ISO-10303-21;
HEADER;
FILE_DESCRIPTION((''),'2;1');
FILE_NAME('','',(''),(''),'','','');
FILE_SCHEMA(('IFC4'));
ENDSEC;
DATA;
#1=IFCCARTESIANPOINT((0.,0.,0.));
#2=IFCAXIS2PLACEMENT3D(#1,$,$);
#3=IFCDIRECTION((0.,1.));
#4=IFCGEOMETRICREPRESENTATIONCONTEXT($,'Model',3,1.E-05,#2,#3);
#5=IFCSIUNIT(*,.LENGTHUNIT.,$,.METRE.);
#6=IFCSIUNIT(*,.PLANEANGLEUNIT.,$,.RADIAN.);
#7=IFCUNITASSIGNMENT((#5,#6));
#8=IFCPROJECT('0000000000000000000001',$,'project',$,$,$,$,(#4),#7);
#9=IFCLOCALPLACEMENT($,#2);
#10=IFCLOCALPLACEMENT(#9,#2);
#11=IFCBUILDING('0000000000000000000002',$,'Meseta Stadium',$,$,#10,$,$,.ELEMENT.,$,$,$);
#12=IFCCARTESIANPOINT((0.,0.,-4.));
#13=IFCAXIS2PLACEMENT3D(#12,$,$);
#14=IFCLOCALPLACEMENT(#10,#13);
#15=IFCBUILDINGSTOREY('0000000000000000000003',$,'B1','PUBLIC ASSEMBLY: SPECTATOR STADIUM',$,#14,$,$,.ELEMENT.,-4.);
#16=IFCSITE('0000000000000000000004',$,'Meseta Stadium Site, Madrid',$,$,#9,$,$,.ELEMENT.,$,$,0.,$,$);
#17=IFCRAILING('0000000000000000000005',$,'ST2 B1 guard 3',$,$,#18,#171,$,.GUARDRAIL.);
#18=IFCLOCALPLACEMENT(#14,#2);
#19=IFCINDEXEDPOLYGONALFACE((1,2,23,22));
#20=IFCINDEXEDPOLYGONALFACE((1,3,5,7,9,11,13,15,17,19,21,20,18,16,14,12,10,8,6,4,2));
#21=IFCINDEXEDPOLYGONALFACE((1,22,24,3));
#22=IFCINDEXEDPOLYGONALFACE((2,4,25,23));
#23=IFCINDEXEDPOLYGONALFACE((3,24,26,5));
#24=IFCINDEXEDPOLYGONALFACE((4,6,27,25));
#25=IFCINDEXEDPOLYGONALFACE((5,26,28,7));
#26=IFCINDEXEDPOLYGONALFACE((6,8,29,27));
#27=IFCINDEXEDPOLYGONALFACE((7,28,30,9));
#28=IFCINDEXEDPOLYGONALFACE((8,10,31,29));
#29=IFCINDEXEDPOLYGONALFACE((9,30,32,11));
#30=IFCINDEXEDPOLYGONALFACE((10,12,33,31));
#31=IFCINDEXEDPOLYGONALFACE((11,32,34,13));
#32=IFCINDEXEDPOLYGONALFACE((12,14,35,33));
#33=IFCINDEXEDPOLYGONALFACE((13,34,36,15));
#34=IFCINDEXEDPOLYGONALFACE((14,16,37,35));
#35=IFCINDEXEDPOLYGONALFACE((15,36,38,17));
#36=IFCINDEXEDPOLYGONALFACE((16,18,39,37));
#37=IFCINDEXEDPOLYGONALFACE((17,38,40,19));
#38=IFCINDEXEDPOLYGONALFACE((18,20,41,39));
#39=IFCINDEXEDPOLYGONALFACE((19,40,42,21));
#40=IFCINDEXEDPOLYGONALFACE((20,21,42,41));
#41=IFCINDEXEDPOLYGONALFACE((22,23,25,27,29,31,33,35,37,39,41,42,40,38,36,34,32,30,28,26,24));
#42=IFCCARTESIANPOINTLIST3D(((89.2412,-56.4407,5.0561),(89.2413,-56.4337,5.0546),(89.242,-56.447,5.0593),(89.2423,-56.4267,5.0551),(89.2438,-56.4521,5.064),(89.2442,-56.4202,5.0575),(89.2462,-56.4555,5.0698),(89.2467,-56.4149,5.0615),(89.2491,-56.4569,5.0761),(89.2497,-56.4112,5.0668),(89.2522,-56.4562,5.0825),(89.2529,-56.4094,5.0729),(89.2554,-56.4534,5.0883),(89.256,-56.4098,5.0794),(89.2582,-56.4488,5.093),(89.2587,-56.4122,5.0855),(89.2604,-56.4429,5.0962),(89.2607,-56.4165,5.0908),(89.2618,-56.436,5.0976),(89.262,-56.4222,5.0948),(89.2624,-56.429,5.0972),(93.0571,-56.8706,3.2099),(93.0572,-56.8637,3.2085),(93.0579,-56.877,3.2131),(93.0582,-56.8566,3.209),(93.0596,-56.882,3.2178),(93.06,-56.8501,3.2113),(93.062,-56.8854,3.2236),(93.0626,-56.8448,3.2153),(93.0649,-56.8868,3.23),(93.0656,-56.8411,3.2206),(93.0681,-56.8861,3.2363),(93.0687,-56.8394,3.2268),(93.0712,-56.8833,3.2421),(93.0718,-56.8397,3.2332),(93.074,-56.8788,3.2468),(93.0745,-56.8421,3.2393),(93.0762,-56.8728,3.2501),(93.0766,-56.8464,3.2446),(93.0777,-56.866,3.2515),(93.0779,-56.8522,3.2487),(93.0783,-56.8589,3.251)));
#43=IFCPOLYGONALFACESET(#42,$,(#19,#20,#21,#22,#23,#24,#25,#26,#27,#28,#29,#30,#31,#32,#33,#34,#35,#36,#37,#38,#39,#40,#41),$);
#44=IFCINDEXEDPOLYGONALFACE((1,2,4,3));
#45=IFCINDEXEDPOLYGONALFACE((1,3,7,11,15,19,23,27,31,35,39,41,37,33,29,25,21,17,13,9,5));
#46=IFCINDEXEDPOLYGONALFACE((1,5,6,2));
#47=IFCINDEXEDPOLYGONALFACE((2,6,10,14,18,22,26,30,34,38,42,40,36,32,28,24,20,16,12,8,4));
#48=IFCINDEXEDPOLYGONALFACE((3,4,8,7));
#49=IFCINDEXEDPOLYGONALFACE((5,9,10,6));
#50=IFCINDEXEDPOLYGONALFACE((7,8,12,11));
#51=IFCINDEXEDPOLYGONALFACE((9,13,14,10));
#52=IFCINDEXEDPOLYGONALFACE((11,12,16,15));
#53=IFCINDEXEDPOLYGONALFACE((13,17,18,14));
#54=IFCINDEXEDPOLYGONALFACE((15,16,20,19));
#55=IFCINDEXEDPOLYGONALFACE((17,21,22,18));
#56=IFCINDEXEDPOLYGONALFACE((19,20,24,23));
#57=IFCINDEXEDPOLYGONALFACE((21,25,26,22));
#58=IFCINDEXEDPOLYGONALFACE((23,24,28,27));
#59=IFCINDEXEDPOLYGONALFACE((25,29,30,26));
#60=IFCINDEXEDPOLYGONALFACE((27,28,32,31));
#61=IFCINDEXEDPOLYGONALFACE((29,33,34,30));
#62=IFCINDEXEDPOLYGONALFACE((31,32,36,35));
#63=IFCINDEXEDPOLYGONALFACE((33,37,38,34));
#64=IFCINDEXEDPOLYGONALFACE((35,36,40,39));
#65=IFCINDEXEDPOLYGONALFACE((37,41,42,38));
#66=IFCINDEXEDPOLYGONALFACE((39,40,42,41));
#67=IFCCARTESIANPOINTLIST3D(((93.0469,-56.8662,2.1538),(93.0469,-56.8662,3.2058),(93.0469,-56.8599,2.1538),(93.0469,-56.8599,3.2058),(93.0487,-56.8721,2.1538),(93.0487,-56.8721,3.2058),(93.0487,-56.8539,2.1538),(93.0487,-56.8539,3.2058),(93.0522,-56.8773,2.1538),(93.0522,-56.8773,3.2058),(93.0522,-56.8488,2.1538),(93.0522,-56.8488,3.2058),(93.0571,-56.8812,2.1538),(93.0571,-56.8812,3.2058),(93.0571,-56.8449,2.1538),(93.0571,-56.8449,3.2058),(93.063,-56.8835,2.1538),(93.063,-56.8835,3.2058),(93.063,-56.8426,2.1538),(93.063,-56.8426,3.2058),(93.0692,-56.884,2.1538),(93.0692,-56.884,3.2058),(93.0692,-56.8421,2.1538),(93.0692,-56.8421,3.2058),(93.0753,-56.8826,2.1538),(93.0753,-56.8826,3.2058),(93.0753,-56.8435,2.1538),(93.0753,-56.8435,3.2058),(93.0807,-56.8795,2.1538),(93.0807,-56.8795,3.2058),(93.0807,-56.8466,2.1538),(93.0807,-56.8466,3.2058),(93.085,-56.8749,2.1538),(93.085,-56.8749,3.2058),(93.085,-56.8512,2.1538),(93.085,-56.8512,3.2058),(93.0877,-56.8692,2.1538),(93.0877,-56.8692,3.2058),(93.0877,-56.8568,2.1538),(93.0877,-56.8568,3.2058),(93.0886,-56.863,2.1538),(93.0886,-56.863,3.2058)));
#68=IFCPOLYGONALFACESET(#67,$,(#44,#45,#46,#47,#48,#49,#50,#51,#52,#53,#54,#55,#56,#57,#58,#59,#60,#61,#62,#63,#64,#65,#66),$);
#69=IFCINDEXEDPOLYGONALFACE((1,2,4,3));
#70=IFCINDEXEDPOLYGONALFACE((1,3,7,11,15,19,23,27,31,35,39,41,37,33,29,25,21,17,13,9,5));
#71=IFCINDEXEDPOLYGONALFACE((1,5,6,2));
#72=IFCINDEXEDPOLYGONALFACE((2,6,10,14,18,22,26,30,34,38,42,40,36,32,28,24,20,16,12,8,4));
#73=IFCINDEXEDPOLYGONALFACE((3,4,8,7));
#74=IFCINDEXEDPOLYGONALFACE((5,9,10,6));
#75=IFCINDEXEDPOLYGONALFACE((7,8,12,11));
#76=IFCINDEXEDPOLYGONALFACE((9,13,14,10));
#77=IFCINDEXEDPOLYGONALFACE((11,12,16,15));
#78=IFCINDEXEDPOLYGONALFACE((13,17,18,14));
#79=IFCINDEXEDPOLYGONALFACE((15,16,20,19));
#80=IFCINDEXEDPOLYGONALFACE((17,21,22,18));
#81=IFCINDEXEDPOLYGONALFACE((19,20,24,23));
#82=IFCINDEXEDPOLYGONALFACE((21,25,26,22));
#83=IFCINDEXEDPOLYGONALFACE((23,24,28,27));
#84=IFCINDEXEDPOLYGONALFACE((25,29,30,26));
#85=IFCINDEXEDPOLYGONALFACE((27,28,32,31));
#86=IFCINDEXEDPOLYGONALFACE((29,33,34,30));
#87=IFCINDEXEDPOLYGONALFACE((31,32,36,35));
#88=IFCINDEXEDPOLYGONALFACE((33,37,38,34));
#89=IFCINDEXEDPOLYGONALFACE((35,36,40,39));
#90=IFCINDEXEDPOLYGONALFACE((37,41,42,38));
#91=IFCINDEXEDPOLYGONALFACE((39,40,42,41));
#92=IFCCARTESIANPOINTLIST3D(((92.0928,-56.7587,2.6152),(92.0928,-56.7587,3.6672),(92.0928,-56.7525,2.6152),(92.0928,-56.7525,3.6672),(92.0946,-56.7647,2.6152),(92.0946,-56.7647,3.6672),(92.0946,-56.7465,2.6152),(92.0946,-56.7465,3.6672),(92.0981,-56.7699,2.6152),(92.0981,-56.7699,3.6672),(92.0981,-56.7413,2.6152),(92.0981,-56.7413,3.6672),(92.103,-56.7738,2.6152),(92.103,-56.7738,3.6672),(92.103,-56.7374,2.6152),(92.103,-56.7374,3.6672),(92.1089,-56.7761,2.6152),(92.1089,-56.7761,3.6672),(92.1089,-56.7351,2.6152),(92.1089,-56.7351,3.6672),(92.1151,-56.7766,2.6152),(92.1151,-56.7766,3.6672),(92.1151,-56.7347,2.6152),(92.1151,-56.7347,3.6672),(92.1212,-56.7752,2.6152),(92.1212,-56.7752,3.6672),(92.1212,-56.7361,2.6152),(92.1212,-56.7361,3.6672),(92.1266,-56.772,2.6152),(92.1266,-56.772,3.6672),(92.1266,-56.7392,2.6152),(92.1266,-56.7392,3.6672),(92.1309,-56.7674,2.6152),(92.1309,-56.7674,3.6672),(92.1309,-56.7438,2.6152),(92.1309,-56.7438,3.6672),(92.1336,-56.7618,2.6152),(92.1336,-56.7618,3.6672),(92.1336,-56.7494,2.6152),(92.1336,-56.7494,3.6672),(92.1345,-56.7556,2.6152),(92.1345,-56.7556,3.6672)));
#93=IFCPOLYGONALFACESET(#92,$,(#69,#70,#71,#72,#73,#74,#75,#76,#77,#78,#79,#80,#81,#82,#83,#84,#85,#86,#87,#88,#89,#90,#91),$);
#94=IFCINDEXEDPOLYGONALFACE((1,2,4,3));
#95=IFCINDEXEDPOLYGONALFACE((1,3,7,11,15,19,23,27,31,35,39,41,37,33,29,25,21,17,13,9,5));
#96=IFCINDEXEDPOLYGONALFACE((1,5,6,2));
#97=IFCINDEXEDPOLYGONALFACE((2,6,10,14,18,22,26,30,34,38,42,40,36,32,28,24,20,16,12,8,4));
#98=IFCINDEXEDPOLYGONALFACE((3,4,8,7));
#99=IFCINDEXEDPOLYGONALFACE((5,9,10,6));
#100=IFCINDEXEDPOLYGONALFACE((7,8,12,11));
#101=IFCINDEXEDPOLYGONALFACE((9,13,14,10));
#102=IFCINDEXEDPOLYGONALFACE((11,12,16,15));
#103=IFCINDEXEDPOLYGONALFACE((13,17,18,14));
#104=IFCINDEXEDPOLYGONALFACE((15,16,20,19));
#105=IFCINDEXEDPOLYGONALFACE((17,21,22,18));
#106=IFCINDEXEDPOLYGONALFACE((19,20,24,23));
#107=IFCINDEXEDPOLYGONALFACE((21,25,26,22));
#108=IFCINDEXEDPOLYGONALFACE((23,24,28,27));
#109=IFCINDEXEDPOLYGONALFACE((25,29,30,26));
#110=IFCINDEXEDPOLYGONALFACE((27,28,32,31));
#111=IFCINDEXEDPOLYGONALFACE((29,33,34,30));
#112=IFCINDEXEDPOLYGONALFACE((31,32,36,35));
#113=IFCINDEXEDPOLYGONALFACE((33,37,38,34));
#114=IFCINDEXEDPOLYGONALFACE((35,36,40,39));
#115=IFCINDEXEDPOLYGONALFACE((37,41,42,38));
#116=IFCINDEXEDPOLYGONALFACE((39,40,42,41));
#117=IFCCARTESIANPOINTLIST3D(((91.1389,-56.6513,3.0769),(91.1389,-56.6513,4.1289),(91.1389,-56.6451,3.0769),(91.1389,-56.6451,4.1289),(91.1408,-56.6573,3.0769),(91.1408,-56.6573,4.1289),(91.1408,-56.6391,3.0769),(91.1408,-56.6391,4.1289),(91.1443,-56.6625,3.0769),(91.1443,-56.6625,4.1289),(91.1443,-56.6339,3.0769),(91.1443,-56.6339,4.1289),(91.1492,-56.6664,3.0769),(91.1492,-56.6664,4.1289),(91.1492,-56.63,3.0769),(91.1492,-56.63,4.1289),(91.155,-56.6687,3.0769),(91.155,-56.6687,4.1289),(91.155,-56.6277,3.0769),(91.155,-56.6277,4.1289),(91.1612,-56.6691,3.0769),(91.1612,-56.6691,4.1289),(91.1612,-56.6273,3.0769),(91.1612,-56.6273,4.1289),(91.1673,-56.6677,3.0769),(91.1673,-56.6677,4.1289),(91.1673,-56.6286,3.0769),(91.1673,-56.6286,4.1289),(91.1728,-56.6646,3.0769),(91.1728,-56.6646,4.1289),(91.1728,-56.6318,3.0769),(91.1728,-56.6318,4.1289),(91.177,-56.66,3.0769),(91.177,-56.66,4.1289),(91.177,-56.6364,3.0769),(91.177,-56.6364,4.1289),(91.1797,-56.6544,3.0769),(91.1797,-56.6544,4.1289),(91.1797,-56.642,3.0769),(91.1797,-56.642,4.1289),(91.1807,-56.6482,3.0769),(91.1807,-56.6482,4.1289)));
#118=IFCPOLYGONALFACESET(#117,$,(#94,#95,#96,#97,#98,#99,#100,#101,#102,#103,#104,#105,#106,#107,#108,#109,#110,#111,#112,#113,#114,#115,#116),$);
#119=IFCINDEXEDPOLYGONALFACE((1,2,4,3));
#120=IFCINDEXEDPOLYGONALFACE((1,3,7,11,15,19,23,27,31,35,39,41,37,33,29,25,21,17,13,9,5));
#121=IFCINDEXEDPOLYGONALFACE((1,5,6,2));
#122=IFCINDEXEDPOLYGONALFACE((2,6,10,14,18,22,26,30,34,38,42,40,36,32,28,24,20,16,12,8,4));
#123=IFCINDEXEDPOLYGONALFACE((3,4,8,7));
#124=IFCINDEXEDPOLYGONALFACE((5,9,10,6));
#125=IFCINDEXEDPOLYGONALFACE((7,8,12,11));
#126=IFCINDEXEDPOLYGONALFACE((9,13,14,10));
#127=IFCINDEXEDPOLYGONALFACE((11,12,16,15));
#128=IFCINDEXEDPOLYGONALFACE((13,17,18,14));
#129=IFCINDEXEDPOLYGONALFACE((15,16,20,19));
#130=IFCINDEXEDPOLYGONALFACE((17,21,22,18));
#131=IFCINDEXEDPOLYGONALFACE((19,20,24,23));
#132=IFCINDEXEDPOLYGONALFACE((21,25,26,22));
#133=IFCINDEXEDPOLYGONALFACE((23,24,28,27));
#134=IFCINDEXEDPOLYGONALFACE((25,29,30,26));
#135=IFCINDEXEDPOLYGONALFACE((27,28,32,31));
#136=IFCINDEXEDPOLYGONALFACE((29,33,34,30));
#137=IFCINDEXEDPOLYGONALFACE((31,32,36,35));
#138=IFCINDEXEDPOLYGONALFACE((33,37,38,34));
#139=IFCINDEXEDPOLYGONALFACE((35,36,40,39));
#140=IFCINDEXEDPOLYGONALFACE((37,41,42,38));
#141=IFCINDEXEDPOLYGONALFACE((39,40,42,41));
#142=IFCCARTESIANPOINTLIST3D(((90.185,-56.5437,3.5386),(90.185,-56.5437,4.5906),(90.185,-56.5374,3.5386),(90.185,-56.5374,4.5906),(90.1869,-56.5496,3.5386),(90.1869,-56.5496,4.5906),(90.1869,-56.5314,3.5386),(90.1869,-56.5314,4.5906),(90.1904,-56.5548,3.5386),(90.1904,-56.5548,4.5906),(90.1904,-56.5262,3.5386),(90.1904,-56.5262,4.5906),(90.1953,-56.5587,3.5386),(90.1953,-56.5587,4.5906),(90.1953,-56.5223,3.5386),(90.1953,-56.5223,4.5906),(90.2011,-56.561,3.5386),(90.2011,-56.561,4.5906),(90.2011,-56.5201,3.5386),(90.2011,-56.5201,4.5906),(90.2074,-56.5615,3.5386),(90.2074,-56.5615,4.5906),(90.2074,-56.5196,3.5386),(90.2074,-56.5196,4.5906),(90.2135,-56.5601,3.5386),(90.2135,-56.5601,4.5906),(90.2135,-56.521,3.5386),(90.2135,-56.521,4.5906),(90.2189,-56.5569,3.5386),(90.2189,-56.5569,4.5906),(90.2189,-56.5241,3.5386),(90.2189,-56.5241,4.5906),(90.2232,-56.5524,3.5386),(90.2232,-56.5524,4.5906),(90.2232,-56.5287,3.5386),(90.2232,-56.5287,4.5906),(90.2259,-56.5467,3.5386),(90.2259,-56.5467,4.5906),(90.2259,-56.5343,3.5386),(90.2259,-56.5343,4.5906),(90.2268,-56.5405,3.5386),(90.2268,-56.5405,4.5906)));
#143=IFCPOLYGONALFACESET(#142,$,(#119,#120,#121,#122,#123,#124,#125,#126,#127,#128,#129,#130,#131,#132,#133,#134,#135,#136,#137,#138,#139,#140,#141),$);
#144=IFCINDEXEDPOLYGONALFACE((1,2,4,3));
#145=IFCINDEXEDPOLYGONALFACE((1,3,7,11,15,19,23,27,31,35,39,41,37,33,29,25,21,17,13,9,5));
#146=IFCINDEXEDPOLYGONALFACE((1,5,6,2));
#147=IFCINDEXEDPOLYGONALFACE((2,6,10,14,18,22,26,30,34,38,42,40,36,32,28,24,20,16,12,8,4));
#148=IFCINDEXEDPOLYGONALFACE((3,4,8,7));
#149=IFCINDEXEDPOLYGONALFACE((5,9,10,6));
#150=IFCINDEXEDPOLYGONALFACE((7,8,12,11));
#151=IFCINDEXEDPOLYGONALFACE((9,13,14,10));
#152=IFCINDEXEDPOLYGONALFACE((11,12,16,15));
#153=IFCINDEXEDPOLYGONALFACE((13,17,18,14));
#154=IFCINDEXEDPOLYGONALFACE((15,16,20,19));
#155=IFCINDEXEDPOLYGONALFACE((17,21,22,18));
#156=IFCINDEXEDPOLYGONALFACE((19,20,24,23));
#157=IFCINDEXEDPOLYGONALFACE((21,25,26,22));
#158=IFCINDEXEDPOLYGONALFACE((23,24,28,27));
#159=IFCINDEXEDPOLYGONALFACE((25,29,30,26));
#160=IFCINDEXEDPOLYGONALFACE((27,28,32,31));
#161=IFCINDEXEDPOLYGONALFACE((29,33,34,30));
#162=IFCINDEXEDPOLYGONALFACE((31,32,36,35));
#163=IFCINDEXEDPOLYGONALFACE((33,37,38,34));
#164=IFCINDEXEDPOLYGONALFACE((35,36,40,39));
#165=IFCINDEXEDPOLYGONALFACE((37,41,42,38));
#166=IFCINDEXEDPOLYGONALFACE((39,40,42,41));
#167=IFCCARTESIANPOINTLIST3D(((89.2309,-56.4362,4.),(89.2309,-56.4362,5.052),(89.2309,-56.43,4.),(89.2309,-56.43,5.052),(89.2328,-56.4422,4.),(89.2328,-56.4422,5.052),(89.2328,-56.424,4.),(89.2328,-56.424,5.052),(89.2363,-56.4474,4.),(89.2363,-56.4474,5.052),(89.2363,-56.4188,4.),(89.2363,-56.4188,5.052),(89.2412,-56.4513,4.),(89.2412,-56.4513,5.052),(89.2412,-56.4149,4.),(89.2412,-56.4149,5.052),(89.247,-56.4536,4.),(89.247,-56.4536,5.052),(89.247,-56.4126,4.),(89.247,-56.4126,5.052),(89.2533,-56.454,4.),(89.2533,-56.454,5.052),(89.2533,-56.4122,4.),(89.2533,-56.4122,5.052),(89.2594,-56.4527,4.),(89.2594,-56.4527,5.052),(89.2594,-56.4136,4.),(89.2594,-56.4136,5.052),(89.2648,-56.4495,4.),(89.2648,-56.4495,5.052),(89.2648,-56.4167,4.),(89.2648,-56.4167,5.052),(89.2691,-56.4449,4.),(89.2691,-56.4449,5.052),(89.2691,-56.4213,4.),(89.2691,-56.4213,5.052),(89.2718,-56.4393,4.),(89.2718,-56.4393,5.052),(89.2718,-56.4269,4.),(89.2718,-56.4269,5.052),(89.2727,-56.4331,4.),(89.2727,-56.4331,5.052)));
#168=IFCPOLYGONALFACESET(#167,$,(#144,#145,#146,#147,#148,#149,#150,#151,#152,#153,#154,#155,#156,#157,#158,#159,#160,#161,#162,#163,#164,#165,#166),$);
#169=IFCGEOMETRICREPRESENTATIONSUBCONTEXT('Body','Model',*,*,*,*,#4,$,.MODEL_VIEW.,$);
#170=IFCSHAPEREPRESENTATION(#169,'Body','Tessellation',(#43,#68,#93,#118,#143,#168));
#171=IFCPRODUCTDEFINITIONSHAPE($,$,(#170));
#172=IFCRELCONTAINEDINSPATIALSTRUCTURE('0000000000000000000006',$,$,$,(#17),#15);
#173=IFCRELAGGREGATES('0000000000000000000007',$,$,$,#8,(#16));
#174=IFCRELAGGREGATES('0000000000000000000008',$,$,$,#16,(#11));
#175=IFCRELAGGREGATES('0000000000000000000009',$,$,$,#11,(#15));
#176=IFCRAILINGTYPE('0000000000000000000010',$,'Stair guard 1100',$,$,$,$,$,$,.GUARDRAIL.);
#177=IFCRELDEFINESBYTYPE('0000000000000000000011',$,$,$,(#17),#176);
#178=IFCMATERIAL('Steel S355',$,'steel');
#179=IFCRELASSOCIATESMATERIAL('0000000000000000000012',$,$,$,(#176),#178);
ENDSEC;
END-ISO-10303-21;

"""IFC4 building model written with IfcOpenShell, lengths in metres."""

from ifc_helpers import new_model, si_unit, direction, frame, origin, origin_2d, place, context, subcontext, project, spatial, circle, extrude, material, type_object, element, save


model = new_model("IFC4")

# Units and contexts
model_context = context("Model", 3, precision=1e-05, world=origin(), true_north=direction((0.0, 1.0)))
body_context = subcontext(model_context, "Body", "Model", "MODEL_VIEW")
ifc_project = project(units=[si_unit("LENGTHUNIT", "METRE"), si_unit("PLANEANGLEUNIT", "RADIAN")], contexts=[model_context])

# Site, building, storey
site_placement = place(None, origin())
site = spatial("IfcSite", under=ifc_project, at=site_placement, Name="Meseta Stadium Site, Madrid", CompositionType="ELEMENT", RefElevation=0.0)
building_placement = place(site_placement, origin())
building = spatial("IfcBuilding", under=site, at=building_placement, Name="Meseta Stadium", CompositionType="ELEMENT")
storey_placement = place(building_placement, frame((0.0, 0.0, -4.0)))
storey = spatial("IfcBuildingStorey", under=building, at=storey_placement, Name="B1", Description="PUBLIC ASSEMBLY: SPECTATOR STADIUM", CompositionType="ELEMENT", Elevation=-4.0)

# Railing
ifc_material_1 = material(Name="Steel S355", Category="steel")
railing_type_1 = type_object("IfcRailingType", Name="Stair guard 1100", PredefinedType="GUARDRAIL", material=ifc_material_1)
railing_1_placement = place(storey_placement, frame((93.0676, -56.863, 2.1538)))
element("IfcRailing", 1, at=railing_1_placement, inside=storey, type_object=railing_type_1, Name="ST2 B1 guard 3", PredefinedType="GUARDRAIL", context=body_context, shape_type="SweptSolid", body=[
    extrude(circle(Radius=0.0239, at=origin_2d()), frame((0.0, 0.0, 1.0762), z_axis=(-0.895585, 0.100904, 0.433296), x_axis=(-0.11196, -0.993713, 0.0)), (0.0, 0.0, 1.0), 4.2607),
    extrude(circle(Radius=0.021, at=origin_2d()), origin(), (0.0, 0.0, 1.0), 1.052),
    extrude(circle(Radius=0.021, at=origin_2d()), frame((-0.9541, 0.1074, 0.4614)), (0.0, 0.0, 1.0), 1.052),
    extrude(circle(Radius=0.021, at=origin_2d()), frame((-1.908, 0.2148, 0.9231)), (0.0, 0.0, 1.0), 1.052),
    extrude(circle(Radius=0.021, at=origin_2d()), frame((-2.8618, 0.3225, 1.3848)), (0.0, 0.0, 1.0), 1.052),
    extrude(circle(Radius=0.021, at=origin_2d()), frame((-3.8159, 0.4299, 1.8462)), (0.0, 0.0, 1.0), 1.052),
])

save(model, "model.ifc")
